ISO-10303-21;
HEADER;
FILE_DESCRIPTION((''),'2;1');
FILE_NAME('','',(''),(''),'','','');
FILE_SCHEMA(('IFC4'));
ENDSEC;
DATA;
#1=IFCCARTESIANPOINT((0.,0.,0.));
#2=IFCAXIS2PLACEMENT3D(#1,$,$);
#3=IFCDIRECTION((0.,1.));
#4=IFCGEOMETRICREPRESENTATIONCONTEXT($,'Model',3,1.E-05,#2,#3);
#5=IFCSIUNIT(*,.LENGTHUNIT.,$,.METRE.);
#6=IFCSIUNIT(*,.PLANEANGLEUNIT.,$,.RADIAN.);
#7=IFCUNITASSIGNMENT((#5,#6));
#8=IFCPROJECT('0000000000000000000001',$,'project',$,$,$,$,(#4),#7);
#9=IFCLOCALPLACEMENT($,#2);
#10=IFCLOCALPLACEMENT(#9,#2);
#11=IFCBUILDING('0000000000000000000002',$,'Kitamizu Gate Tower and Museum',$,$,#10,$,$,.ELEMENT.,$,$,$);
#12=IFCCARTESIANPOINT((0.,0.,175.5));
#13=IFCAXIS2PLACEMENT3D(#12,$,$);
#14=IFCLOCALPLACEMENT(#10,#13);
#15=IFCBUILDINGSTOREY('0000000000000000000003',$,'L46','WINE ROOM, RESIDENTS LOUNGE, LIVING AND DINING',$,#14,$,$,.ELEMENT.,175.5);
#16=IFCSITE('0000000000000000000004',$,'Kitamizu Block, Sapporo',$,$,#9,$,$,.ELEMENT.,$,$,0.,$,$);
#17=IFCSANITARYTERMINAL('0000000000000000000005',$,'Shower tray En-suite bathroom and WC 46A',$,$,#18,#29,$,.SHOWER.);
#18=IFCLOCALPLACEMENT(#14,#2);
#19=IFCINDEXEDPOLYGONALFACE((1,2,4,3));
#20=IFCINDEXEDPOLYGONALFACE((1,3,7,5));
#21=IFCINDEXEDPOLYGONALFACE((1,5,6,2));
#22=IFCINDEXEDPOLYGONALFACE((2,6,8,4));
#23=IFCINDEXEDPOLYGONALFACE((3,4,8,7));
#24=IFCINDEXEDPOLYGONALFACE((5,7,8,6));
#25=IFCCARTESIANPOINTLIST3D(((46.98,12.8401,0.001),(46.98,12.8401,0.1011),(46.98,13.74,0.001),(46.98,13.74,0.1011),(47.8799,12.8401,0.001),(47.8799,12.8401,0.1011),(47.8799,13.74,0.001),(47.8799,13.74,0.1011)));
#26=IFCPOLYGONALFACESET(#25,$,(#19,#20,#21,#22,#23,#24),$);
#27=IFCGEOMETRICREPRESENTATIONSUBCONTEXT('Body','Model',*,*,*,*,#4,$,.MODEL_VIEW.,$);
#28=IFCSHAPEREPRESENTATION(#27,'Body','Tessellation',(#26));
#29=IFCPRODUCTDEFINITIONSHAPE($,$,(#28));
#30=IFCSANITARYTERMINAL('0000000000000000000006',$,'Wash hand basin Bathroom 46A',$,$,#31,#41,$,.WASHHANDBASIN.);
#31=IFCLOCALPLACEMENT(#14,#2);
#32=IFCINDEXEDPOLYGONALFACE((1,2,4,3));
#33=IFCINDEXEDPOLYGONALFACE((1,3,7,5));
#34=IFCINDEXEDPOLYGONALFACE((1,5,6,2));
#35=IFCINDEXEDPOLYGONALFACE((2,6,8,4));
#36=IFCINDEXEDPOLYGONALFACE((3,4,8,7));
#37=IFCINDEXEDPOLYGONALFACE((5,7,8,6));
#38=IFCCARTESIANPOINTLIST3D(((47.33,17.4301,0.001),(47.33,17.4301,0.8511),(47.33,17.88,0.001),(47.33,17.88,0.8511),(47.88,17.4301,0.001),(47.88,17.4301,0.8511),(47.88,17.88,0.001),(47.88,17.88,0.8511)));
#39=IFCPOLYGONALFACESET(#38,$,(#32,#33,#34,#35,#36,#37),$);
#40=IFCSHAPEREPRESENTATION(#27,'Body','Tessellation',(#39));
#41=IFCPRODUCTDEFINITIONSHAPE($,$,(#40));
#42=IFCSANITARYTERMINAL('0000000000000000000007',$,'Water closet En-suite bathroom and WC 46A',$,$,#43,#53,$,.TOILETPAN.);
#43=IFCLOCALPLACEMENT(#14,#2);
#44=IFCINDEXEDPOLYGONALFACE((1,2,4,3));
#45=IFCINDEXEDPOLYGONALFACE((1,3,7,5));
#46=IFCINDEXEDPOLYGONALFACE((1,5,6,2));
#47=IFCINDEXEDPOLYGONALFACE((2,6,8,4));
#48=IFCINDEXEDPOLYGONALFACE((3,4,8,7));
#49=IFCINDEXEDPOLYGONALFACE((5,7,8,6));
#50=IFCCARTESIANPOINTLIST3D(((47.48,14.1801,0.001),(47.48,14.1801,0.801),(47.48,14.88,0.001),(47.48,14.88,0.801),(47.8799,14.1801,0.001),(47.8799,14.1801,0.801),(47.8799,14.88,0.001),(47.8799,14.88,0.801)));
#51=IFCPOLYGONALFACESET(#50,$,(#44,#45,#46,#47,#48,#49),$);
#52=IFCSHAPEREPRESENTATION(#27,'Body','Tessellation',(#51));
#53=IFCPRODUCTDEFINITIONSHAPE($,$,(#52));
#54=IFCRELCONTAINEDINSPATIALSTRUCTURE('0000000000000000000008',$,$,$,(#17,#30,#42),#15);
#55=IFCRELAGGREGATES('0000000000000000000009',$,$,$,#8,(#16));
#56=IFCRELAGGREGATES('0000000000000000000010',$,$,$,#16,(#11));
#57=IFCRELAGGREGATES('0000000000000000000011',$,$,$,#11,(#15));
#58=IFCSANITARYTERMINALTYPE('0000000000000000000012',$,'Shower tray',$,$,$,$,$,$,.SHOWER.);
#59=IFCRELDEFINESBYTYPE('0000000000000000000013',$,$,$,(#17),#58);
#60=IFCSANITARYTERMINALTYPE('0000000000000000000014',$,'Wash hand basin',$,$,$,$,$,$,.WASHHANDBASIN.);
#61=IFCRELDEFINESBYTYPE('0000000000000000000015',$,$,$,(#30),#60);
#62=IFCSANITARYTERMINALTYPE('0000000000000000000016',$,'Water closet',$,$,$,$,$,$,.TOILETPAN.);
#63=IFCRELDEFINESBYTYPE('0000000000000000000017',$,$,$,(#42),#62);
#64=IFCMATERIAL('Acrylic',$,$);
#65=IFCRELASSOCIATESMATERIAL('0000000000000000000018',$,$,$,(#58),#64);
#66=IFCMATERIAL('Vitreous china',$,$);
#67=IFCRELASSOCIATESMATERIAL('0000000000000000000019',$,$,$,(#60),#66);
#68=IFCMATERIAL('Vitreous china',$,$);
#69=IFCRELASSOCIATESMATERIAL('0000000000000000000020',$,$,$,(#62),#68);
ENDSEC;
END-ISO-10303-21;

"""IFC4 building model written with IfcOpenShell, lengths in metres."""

from ifc_helpers import new_model, si_unit, direction, frame, origin, origin_2d, place, context, subcontext, project, spatial, rectangle, extrude, material, type_object, element, save


model = new_model("IFC4")

# Units and contexts
model_context = context("Model", 3, precision=1e-05, world=origin(), true_north=direction((0.0, 1.0)))
body_context = subcontext(model_context, "Body", "Model", "MODEL_VIEW")
ifc_project = project(units=[si_unit("LENGTHUNIT", "METRE"), si_unit("PLANEANGLEUNIT", "RADIAN")], contexts=[model_context])

# Site, building, storey
site_placement = place(None, origin())
site = spatial("IfcSite", under=ifc_project, at=site_placement, Name="Kitamizu Block, Sapporo", CompositionType="ELEMENT", RefElevation=0.0)
building_placement = place(site_placement, origin())
building = spatial("IfcBuilding", under=site, at=building_placement, Name="Kitamizu Gate Tower and Museum", CompositionType="ELEMENT")
storey_placement = place(building_placement, frame((0.0, 0.0, 175.5)))
storey = spatial("IfcBuildingStorey", under=building, at=storey_placement, Name="L46", Description="WINE ROOM, RESIDENTS LOUNGE, LIVING AND DINING", CompositionType="ELEMENT", Elevation=175.5)

# Sanitary terminals
ifc_material_1 = material(Name="Acrylic")
sanitary_terminal_type_1 = type_object("IfcSanitaryTerminalType", Name="Shower tray", PredefinedType="SHOWER", material=ifc_material_1)
sanitary_terminal_1_placement = place(storey_placement, frame((47.4299, 13.29, 0.001), z_axis=(0.0, 0.0, 1.0), x_axis=(1.0, 0.0, 0.0)))
element("IfcSanitaryTerminal", 1, at=sanitary_terminal_1_placement, inside=storey, type_object=sanitary_terminal_type_1, Name="Shower tray En-suite bathroom and WC 46A", PredefinedType="SHOWER", context=body_context, shape_type="SweptSolid", body=[
    extrude(rectangle(XDim=0.8999, YDim=0.8999, at=origin_2d()), origin(), (0.0, 0.0, 1.0), 0.1001),
])
ifc_material_2 = material(Name="Vitreous china")
sanitary_terminal_type_2 = type_object("IfcSanitaryTerminalType", Name="Wash hand basin", PredefinedType="WASHHANDBASIN", material=ifc_material_2)
sanitary_terminal_2_placement = place(storey_placement, frame((47.605, 17.655, 0.001), z_axis=(0.0, 0.0, 1.0), x_axis=(1.0, 0.0, 0.0)))
element("IfcSanitaryTerminal", 2, at=sanitary_terminal_2_placement, inside=storey, type_object=sanitary_terminal_type_2, Name="Wash hand basin Bathroom 46A", PredefinedType="WASHHANDBASIN", context=body_context, shape_type="SweptSolid", body=[
    extrude(rectangle(XDim=0.55, YDim=0.45, at=origin_2d()), origin(), (0.0, 0.0, 1.0), 0.8501),
])
ifc_material_3 = material(Name="Vitreous china")
sanitary_terminal_type_3 = type_object("IfcSanitaryTerminalType", Name="Water closet", PredefinedType="TOILETPAN", material=ifc_material_3)
sanitary_terminal_3_placement = place(storey_placement, frame((47.6799, 14.53, 0.001), z_axis=(0.0, 0.0, 1.0), x_axis=(1.0, 0.0, 0.0)))
element("IfcSanitaryTerminal", 3, at=sanitary_terminal_3_placement, inside=storey, type_object=sanitary_terminal_type_3, Name="Water closet En-suite bathroom and WC 46A", PredefinedType="TOILETPAN", context=body_context, shape_type="SweptSolid", body=[
    extrude(rectangle(XDim=0.3999, YDim=0.7, at=origin_2d()), origin(), (0.0, 0.0, 1.0), 0.8),
])

save(model, "model.ifc")
